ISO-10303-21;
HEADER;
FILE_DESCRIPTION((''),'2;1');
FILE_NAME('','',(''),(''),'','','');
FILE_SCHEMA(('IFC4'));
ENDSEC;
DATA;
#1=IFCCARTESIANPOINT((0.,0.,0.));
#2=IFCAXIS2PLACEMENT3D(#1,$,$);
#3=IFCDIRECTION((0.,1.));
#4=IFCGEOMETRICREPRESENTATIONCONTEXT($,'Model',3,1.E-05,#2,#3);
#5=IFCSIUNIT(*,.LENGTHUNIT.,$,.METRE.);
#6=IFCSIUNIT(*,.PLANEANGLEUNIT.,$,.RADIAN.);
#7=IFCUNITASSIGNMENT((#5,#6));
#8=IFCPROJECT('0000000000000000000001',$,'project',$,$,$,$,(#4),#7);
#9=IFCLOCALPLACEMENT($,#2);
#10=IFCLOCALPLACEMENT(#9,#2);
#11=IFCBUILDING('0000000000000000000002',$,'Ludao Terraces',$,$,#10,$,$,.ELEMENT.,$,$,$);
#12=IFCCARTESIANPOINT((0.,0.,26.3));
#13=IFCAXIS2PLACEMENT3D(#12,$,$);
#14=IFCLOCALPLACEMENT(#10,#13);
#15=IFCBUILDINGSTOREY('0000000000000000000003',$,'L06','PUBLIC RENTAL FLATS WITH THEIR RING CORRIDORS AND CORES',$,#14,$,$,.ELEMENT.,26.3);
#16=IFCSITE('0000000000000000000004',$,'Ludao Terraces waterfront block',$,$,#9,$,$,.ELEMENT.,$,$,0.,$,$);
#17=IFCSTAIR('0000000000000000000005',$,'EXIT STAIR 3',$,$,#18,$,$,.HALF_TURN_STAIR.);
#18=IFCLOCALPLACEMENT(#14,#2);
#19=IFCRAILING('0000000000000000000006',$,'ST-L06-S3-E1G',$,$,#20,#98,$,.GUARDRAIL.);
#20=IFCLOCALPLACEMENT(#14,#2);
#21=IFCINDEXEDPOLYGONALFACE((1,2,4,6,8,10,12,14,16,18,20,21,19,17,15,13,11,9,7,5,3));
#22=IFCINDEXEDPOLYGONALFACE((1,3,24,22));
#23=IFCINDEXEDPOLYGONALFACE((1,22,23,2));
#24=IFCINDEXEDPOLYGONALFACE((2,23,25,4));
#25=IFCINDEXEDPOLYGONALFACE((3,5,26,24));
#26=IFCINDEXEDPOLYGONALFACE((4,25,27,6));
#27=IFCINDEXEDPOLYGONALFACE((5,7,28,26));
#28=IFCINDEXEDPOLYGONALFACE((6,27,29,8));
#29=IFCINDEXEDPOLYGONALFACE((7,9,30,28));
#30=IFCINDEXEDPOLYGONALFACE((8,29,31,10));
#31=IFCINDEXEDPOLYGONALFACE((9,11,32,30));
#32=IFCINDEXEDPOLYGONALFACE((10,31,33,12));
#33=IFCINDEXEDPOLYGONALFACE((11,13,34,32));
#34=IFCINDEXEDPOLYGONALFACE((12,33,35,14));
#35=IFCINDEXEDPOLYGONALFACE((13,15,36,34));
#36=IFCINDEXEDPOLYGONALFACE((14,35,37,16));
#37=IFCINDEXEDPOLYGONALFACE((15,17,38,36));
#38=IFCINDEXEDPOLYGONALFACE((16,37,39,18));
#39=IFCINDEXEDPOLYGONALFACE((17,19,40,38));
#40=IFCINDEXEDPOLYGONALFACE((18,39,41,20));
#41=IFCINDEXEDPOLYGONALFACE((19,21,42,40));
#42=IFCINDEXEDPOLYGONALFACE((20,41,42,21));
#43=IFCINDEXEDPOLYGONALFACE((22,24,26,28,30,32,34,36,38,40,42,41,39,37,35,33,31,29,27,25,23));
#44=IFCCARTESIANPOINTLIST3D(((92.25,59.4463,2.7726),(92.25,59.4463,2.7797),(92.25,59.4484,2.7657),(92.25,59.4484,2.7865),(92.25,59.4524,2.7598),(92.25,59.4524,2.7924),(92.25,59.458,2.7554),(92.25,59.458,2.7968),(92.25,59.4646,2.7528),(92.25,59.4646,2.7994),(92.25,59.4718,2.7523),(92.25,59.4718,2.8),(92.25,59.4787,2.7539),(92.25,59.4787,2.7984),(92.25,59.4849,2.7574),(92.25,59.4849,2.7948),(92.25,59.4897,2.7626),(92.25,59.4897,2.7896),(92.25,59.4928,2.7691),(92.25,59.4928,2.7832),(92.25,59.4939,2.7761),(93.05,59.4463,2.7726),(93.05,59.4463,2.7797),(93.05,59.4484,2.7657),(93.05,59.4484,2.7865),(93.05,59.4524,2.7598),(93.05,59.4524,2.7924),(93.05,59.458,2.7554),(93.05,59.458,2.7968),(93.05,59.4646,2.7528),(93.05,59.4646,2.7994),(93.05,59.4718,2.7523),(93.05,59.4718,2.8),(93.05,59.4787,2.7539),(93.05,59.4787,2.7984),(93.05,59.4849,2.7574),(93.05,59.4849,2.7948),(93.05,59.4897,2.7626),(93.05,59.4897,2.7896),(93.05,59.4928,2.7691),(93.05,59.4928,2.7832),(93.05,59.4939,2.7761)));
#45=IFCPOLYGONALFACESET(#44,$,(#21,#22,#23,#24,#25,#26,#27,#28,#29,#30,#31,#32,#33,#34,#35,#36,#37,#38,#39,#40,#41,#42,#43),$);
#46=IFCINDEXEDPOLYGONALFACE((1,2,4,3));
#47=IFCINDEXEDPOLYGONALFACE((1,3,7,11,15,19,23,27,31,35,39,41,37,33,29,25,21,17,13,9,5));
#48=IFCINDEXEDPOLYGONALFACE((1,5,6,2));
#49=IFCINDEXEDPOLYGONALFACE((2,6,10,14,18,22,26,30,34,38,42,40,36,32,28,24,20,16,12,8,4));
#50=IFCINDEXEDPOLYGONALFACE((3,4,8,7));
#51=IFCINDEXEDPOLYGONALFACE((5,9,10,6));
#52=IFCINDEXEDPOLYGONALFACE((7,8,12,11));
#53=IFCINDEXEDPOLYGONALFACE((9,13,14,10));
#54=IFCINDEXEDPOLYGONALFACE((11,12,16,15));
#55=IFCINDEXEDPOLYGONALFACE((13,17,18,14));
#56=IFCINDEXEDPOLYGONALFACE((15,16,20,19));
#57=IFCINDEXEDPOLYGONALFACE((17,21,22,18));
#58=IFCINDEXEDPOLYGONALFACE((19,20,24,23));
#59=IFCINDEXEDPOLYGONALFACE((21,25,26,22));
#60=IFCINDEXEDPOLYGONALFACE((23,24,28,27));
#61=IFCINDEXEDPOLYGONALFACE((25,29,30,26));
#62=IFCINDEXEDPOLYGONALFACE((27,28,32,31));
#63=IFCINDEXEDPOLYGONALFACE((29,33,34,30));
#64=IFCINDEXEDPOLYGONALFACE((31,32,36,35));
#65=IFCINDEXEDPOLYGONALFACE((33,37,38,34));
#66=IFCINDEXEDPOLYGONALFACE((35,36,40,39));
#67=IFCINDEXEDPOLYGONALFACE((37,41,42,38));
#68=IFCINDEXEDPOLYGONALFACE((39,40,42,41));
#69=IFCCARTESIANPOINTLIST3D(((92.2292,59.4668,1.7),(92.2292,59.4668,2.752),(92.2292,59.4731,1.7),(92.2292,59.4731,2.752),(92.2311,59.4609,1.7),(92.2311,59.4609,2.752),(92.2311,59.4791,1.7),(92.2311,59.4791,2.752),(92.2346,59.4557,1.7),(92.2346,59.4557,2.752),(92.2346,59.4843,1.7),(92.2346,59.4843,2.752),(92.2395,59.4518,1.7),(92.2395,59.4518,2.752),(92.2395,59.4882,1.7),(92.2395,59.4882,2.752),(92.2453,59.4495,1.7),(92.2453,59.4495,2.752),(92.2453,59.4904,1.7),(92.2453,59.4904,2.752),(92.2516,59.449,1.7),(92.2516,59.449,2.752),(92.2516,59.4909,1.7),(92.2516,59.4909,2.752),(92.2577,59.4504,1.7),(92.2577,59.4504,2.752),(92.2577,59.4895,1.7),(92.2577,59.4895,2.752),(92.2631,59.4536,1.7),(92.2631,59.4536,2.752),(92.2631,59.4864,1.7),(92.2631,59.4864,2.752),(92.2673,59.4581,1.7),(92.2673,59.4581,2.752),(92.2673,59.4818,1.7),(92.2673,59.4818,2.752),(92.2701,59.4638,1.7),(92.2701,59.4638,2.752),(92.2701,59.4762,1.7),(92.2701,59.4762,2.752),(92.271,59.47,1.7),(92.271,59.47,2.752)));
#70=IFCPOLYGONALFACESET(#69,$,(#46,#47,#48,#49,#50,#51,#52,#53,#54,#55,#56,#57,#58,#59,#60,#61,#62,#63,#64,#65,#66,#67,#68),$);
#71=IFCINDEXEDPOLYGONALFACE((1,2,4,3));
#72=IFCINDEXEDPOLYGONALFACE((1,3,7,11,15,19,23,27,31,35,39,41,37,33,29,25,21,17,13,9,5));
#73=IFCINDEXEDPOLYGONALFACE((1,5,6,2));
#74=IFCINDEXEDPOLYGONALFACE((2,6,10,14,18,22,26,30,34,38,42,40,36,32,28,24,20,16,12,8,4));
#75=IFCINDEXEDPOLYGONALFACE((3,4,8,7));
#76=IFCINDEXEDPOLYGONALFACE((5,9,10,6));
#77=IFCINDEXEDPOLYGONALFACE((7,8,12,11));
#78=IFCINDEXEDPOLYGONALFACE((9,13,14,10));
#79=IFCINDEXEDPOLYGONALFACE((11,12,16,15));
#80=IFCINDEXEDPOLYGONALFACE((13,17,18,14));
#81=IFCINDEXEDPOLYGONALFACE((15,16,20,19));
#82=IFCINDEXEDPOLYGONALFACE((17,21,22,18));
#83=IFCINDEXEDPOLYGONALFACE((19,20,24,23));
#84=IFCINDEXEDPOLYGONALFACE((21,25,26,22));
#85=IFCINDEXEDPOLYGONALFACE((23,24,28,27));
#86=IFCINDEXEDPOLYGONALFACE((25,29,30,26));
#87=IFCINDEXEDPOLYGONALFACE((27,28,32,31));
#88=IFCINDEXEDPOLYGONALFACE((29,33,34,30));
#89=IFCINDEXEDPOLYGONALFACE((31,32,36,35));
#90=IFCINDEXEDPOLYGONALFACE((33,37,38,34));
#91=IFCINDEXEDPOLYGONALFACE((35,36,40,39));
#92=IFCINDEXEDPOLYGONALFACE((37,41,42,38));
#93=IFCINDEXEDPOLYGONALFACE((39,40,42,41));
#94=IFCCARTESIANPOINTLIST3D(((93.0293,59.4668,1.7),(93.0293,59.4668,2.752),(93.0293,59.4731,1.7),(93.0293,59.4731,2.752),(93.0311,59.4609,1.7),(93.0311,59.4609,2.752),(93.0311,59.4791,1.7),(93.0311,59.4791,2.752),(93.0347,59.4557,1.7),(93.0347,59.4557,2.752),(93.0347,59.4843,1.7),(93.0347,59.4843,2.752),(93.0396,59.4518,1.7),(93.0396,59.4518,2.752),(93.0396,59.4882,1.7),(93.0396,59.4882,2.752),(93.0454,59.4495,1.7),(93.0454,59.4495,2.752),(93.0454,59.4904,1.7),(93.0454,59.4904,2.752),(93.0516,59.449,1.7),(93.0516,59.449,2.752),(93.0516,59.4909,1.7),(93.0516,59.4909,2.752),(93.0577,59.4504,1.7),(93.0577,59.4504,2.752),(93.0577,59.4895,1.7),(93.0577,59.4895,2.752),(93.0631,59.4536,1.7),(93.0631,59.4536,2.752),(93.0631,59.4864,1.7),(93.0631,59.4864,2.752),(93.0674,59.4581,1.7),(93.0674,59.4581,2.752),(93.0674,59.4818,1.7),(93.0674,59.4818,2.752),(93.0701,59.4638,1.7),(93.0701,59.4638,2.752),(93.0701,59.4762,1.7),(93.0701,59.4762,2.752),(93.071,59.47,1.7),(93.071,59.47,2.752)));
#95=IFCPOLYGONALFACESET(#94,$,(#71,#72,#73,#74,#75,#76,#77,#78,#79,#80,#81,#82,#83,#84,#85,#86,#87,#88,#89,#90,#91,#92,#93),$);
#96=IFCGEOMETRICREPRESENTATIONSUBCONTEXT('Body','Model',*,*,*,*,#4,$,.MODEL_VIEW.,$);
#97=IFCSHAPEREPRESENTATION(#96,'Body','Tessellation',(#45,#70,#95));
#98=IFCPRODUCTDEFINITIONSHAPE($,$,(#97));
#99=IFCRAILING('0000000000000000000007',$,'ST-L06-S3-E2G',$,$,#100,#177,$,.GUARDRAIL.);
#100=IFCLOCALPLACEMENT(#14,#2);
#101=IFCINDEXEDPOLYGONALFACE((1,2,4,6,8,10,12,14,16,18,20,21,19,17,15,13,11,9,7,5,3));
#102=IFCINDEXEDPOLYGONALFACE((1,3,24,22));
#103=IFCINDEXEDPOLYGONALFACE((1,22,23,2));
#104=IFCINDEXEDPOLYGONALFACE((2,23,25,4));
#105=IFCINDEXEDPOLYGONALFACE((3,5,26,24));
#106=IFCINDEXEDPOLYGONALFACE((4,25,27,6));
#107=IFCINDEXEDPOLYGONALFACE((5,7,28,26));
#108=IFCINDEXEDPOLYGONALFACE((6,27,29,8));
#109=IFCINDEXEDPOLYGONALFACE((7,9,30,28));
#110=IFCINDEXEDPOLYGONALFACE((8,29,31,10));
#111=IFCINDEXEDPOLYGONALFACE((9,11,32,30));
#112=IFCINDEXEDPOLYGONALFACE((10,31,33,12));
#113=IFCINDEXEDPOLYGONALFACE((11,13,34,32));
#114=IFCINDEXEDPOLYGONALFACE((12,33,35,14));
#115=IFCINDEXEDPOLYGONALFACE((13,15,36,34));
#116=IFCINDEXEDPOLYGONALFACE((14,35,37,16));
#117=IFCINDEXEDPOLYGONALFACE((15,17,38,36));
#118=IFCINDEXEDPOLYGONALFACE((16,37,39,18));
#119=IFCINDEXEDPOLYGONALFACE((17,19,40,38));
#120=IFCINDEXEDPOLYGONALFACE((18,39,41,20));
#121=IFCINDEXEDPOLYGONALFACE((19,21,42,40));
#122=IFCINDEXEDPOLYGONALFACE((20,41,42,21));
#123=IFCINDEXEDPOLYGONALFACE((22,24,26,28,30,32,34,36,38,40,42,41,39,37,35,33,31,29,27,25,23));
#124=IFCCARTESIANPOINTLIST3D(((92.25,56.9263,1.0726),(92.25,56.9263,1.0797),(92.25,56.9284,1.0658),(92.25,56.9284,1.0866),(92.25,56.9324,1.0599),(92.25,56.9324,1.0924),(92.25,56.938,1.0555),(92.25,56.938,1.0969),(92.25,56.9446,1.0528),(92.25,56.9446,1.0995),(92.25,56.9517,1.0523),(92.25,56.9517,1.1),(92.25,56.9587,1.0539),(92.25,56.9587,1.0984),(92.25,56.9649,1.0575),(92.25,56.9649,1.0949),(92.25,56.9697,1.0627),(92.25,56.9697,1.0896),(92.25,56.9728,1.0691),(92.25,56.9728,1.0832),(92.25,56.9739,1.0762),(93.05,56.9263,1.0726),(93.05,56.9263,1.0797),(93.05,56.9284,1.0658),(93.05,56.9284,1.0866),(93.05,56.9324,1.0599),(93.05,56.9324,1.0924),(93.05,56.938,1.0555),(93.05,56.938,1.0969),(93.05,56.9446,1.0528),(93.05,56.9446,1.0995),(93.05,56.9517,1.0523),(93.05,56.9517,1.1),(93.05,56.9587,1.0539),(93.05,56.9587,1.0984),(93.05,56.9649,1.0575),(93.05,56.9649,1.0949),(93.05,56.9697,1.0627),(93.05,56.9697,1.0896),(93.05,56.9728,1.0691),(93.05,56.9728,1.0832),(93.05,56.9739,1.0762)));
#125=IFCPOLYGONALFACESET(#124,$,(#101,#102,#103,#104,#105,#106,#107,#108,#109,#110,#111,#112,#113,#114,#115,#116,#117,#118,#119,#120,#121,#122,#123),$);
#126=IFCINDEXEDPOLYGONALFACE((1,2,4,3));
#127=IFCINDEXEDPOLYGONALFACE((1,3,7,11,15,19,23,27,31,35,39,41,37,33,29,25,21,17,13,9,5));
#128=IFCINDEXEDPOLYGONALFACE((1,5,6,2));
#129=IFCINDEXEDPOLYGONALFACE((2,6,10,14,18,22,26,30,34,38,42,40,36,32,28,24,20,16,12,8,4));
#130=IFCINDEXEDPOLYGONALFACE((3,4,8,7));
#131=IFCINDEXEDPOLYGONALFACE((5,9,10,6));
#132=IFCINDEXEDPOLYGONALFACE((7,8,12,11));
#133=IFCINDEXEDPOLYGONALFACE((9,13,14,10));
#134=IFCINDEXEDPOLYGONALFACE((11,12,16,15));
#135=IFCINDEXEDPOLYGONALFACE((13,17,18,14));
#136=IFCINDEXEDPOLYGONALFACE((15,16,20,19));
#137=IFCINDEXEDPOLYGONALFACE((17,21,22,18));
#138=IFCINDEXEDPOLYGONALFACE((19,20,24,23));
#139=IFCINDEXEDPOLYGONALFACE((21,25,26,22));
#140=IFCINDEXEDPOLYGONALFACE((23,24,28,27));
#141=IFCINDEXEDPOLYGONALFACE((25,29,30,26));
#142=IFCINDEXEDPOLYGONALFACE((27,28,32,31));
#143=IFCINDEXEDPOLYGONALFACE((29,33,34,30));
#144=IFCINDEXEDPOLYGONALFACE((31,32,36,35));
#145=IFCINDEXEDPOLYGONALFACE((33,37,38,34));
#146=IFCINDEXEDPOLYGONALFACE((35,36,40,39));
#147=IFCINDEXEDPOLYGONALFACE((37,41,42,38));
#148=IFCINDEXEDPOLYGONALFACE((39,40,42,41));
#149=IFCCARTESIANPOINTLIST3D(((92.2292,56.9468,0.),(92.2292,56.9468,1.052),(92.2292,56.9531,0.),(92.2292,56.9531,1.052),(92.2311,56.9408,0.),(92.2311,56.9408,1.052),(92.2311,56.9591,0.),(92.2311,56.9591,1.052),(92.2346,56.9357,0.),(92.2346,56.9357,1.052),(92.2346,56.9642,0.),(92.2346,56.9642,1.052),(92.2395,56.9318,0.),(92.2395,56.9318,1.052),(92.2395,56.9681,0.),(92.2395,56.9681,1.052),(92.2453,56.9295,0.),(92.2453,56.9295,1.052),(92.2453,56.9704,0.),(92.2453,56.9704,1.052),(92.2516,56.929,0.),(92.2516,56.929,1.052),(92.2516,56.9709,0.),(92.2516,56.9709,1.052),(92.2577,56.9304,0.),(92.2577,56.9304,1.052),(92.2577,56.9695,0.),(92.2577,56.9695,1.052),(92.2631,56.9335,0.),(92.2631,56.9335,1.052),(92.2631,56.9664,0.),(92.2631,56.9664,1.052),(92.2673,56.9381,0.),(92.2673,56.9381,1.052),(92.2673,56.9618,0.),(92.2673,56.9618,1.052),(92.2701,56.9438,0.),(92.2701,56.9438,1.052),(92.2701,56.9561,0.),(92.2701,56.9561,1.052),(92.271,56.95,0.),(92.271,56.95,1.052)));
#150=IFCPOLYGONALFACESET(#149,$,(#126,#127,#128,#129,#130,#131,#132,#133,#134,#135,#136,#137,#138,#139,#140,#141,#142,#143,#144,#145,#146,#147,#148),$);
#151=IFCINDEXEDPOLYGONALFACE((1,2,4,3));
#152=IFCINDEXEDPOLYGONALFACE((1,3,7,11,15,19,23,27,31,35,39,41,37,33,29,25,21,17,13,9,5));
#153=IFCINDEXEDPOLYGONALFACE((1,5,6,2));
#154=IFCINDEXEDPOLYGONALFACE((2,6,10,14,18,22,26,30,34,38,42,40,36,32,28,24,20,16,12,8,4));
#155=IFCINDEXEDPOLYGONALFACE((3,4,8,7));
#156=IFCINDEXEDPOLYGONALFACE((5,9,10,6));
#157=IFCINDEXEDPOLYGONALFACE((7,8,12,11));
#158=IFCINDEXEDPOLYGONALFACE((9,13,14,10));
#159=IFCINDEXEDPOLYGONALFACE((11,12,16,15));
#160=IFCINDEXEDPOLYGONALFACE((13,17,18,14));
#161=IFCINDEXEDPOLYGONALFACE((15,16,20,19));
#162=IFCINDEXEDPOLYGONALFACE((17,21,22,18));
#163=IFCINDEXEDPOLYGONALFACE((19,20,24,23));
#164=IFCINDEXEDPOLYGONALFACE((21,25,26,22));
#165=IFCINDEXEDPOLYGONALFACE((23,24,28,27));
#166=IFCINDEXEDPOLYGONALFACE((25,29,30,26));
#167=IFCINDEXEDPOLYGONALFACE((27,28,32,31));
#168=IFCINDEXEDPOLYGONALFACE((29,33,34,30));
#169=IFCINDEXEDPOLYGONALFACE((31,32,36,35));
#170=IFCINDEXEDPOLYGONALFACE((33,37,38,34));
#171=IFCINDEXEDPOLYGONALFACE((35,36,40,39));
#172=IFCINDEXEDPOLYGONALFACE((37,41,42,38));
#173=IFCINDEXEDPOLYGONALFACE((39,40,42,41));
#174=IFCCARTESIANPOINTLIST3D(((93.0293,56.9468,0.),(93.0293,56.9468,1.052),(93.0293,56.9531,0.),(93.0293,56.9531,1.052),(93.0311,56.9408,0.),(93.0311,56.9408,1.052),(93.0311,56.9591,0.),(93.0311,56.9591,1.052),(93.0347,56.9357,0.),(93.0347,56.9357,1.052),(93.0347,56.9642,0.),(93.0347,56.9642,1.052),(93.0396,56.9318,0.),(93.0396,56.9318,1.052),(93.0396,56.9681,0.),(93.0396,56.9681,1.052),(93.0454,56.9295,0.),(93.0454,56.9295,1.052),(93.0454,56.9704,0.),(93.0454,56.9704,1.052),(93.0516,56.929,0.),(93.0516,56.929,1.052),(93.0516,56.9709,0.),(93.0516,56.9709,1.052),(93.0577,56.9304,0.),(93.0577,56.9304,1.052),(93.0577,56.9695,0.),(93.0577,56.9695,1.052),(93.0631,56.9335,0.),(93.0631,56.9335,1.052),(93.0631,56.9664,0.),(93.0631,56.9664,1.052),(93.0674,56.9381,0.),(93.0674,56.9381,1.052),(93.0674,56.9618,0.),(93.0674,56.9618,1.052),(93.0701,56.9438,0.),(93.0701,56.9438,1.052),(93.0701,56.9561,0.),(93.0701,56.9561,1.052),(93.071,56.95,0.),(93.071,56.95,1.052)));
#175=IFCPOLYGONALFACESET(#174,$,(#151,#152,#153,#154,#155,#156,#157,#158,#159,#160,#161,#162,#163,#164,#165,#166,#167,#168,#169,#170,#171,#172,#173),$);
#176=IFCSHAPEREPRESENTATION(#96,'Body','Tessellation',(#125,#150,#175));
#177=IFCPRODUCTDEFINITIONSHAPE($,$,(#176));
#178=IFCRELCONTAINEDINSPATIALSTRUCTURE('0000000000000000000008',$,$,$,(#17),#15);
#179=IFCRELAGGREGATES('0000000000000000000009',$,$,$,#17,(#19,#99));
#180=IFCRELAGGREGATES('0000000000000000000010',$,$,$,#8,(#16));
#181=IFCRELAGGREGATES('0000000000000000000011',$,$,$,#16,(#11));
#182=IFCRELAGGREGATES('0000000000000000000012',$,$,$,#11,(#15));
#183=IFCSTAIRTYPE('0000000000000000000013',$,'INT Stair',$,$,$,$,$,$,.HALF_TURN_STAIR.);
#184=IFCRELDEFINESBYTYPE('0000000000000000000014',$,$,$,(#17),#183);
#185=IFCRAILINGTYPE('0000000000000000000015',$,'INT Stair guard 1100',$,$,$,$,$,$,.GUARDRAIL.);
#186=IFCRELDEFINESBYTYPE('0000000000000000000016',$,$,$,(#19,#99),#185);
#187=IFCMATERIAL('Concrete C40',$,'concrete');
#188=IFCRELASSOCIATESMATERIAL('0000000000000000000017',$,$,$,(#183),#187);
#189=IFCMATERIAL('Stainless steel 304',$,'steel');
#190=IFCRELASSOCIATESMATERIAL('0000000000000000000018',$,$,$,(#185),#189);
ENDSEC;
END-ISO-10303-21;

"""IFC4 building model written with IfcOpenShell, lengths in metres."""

from ifc_helpers import new_model, si_unit, direction, frame, origin, origin_2d, place, context, subcontext, project, spatial, circle, extrude, material, type_object, element, aggregate, save


model = new_model("IFC4")

# Units and contexts
model_context = context("Model", 3, precision=1e-05, world=origin(), true_north=direction((0.0, 1.0)))
body_context = subcontext(model_context, "Body", "Model", "MODEL_VIEW")
ifc_project = project(units=[si_unit("LENGTHUNIT", "METRE"), si_unit("PLANEANGLEUNIT", "RADIAN")], contexts=[model_context])

# Site, building, storey
site_placement = place(None, origin())
site = spatial("IfcSite", under=ifc_project, at=site_placement, Name="Ludao Terraces waterfront block", CompositionType="ELEMENT", RefElevation=0.0)
building_placement = place(site_placement, origin())
building = spatial("IfcBuilding", under=site, at=building_placement, Name="Ludao Terraces", CompositionType="ELEMENT")
storey_placement = place(building_placement, frame((0.0, 0.0, 26.3)))
storey = spatial("IfcBuildingStorey", under=building, at=storey_placement, Name="L06", Description="PUBLIC RENTAL FLATS WITH THEIR RING CORRIDORS AND CORES", CompositionType="ELEMENT", Elevation=26.3)

# Stair, railings
ifc_material_1 = material(Name="Concrete C40", Category="concrete")
stair_type = type_object("IfcStairType", Name="INT Stair", PredefinedType="HALF_TURN_STAIR", material=ifc_material_1)
stair_placement = place(storey_placement, origin())
stair = element("IfcStair", 1, at=stair_placement, inside=storey, type_object=stair_type, Name="EXIT STAIR 3", PredefinedType="HALF_TURN_STAIR")
ifc_material_2 = material(Name="Stainless steel 304", Category="steel")
railing_type_1 = type_object("IfcRailingType", Name="INT Stair guard 1100", PredefinedType="GUARDRAIL", material=ifc_material_2)
railing_1_placement = place(storey_placement, frame((92.25, 59.47, 1.7)))
railing_1 = element("IfcRailing", 2, at=railing_1_placement, type_object=railing_type_1, Name="ST-L06-S3-E1G", PredefinedType="GUARDRAIL", context=body_context, shape_type="SweptSolid", body=[
    extrude(circle(Radius=0.0239, at=origin_2d()), frame((0.0, 0.0, 1.0762), z_axis=(1.0, 0.0, 0.0), x_axis=(0.0, 1.0, 0.0)), (0.0, 0.0, 1.0), 0.8),
    extrude(circle(Radius=0.021, at=origin_2d()), origin(), (0.0, 0.0, 1.0), 1.052),
    extrude(circle(Radius=0.021, at=origin_2d()), frame((0.8, 0.0, 0.0)), (0.0, 0.0, 1.0), 1.052),
])
railing_2_placement = place(storey_placement, frame((92.25, 56.95, 0.0)))
railing_2 = element("IfcRailing", 3, at=railing_2_placement, type_object=railing_type_1, Name="ST-L06-S3-E2G", PredefinedType="GUARDRAIL", context=body_context, shape_type="SweptSolid", body=[
    extrude(circle(Radius=0.0239, at=origin_2d()), frame((0.0, 0.0, 1.0762), z_axis=(1.0, 0.0, 0.0), x_axis=(0.0, 1.0, 0.0)), (0.0, 0.0, 1.0), 0.8),
    extrude(circle(Radius=0.021, at=origin_2d()), origin(), (0.0, 0.0, 1.0), 1.052),
    extrude(circle(Radius=0.021, at=origin_2d()), frame((0.8, 0.0, 0.0)), (0.0, 0.0, 1.0), 1.052),
])
aggregate(stair, [railing_1, railing_2])

save(model, "model.ifc")
